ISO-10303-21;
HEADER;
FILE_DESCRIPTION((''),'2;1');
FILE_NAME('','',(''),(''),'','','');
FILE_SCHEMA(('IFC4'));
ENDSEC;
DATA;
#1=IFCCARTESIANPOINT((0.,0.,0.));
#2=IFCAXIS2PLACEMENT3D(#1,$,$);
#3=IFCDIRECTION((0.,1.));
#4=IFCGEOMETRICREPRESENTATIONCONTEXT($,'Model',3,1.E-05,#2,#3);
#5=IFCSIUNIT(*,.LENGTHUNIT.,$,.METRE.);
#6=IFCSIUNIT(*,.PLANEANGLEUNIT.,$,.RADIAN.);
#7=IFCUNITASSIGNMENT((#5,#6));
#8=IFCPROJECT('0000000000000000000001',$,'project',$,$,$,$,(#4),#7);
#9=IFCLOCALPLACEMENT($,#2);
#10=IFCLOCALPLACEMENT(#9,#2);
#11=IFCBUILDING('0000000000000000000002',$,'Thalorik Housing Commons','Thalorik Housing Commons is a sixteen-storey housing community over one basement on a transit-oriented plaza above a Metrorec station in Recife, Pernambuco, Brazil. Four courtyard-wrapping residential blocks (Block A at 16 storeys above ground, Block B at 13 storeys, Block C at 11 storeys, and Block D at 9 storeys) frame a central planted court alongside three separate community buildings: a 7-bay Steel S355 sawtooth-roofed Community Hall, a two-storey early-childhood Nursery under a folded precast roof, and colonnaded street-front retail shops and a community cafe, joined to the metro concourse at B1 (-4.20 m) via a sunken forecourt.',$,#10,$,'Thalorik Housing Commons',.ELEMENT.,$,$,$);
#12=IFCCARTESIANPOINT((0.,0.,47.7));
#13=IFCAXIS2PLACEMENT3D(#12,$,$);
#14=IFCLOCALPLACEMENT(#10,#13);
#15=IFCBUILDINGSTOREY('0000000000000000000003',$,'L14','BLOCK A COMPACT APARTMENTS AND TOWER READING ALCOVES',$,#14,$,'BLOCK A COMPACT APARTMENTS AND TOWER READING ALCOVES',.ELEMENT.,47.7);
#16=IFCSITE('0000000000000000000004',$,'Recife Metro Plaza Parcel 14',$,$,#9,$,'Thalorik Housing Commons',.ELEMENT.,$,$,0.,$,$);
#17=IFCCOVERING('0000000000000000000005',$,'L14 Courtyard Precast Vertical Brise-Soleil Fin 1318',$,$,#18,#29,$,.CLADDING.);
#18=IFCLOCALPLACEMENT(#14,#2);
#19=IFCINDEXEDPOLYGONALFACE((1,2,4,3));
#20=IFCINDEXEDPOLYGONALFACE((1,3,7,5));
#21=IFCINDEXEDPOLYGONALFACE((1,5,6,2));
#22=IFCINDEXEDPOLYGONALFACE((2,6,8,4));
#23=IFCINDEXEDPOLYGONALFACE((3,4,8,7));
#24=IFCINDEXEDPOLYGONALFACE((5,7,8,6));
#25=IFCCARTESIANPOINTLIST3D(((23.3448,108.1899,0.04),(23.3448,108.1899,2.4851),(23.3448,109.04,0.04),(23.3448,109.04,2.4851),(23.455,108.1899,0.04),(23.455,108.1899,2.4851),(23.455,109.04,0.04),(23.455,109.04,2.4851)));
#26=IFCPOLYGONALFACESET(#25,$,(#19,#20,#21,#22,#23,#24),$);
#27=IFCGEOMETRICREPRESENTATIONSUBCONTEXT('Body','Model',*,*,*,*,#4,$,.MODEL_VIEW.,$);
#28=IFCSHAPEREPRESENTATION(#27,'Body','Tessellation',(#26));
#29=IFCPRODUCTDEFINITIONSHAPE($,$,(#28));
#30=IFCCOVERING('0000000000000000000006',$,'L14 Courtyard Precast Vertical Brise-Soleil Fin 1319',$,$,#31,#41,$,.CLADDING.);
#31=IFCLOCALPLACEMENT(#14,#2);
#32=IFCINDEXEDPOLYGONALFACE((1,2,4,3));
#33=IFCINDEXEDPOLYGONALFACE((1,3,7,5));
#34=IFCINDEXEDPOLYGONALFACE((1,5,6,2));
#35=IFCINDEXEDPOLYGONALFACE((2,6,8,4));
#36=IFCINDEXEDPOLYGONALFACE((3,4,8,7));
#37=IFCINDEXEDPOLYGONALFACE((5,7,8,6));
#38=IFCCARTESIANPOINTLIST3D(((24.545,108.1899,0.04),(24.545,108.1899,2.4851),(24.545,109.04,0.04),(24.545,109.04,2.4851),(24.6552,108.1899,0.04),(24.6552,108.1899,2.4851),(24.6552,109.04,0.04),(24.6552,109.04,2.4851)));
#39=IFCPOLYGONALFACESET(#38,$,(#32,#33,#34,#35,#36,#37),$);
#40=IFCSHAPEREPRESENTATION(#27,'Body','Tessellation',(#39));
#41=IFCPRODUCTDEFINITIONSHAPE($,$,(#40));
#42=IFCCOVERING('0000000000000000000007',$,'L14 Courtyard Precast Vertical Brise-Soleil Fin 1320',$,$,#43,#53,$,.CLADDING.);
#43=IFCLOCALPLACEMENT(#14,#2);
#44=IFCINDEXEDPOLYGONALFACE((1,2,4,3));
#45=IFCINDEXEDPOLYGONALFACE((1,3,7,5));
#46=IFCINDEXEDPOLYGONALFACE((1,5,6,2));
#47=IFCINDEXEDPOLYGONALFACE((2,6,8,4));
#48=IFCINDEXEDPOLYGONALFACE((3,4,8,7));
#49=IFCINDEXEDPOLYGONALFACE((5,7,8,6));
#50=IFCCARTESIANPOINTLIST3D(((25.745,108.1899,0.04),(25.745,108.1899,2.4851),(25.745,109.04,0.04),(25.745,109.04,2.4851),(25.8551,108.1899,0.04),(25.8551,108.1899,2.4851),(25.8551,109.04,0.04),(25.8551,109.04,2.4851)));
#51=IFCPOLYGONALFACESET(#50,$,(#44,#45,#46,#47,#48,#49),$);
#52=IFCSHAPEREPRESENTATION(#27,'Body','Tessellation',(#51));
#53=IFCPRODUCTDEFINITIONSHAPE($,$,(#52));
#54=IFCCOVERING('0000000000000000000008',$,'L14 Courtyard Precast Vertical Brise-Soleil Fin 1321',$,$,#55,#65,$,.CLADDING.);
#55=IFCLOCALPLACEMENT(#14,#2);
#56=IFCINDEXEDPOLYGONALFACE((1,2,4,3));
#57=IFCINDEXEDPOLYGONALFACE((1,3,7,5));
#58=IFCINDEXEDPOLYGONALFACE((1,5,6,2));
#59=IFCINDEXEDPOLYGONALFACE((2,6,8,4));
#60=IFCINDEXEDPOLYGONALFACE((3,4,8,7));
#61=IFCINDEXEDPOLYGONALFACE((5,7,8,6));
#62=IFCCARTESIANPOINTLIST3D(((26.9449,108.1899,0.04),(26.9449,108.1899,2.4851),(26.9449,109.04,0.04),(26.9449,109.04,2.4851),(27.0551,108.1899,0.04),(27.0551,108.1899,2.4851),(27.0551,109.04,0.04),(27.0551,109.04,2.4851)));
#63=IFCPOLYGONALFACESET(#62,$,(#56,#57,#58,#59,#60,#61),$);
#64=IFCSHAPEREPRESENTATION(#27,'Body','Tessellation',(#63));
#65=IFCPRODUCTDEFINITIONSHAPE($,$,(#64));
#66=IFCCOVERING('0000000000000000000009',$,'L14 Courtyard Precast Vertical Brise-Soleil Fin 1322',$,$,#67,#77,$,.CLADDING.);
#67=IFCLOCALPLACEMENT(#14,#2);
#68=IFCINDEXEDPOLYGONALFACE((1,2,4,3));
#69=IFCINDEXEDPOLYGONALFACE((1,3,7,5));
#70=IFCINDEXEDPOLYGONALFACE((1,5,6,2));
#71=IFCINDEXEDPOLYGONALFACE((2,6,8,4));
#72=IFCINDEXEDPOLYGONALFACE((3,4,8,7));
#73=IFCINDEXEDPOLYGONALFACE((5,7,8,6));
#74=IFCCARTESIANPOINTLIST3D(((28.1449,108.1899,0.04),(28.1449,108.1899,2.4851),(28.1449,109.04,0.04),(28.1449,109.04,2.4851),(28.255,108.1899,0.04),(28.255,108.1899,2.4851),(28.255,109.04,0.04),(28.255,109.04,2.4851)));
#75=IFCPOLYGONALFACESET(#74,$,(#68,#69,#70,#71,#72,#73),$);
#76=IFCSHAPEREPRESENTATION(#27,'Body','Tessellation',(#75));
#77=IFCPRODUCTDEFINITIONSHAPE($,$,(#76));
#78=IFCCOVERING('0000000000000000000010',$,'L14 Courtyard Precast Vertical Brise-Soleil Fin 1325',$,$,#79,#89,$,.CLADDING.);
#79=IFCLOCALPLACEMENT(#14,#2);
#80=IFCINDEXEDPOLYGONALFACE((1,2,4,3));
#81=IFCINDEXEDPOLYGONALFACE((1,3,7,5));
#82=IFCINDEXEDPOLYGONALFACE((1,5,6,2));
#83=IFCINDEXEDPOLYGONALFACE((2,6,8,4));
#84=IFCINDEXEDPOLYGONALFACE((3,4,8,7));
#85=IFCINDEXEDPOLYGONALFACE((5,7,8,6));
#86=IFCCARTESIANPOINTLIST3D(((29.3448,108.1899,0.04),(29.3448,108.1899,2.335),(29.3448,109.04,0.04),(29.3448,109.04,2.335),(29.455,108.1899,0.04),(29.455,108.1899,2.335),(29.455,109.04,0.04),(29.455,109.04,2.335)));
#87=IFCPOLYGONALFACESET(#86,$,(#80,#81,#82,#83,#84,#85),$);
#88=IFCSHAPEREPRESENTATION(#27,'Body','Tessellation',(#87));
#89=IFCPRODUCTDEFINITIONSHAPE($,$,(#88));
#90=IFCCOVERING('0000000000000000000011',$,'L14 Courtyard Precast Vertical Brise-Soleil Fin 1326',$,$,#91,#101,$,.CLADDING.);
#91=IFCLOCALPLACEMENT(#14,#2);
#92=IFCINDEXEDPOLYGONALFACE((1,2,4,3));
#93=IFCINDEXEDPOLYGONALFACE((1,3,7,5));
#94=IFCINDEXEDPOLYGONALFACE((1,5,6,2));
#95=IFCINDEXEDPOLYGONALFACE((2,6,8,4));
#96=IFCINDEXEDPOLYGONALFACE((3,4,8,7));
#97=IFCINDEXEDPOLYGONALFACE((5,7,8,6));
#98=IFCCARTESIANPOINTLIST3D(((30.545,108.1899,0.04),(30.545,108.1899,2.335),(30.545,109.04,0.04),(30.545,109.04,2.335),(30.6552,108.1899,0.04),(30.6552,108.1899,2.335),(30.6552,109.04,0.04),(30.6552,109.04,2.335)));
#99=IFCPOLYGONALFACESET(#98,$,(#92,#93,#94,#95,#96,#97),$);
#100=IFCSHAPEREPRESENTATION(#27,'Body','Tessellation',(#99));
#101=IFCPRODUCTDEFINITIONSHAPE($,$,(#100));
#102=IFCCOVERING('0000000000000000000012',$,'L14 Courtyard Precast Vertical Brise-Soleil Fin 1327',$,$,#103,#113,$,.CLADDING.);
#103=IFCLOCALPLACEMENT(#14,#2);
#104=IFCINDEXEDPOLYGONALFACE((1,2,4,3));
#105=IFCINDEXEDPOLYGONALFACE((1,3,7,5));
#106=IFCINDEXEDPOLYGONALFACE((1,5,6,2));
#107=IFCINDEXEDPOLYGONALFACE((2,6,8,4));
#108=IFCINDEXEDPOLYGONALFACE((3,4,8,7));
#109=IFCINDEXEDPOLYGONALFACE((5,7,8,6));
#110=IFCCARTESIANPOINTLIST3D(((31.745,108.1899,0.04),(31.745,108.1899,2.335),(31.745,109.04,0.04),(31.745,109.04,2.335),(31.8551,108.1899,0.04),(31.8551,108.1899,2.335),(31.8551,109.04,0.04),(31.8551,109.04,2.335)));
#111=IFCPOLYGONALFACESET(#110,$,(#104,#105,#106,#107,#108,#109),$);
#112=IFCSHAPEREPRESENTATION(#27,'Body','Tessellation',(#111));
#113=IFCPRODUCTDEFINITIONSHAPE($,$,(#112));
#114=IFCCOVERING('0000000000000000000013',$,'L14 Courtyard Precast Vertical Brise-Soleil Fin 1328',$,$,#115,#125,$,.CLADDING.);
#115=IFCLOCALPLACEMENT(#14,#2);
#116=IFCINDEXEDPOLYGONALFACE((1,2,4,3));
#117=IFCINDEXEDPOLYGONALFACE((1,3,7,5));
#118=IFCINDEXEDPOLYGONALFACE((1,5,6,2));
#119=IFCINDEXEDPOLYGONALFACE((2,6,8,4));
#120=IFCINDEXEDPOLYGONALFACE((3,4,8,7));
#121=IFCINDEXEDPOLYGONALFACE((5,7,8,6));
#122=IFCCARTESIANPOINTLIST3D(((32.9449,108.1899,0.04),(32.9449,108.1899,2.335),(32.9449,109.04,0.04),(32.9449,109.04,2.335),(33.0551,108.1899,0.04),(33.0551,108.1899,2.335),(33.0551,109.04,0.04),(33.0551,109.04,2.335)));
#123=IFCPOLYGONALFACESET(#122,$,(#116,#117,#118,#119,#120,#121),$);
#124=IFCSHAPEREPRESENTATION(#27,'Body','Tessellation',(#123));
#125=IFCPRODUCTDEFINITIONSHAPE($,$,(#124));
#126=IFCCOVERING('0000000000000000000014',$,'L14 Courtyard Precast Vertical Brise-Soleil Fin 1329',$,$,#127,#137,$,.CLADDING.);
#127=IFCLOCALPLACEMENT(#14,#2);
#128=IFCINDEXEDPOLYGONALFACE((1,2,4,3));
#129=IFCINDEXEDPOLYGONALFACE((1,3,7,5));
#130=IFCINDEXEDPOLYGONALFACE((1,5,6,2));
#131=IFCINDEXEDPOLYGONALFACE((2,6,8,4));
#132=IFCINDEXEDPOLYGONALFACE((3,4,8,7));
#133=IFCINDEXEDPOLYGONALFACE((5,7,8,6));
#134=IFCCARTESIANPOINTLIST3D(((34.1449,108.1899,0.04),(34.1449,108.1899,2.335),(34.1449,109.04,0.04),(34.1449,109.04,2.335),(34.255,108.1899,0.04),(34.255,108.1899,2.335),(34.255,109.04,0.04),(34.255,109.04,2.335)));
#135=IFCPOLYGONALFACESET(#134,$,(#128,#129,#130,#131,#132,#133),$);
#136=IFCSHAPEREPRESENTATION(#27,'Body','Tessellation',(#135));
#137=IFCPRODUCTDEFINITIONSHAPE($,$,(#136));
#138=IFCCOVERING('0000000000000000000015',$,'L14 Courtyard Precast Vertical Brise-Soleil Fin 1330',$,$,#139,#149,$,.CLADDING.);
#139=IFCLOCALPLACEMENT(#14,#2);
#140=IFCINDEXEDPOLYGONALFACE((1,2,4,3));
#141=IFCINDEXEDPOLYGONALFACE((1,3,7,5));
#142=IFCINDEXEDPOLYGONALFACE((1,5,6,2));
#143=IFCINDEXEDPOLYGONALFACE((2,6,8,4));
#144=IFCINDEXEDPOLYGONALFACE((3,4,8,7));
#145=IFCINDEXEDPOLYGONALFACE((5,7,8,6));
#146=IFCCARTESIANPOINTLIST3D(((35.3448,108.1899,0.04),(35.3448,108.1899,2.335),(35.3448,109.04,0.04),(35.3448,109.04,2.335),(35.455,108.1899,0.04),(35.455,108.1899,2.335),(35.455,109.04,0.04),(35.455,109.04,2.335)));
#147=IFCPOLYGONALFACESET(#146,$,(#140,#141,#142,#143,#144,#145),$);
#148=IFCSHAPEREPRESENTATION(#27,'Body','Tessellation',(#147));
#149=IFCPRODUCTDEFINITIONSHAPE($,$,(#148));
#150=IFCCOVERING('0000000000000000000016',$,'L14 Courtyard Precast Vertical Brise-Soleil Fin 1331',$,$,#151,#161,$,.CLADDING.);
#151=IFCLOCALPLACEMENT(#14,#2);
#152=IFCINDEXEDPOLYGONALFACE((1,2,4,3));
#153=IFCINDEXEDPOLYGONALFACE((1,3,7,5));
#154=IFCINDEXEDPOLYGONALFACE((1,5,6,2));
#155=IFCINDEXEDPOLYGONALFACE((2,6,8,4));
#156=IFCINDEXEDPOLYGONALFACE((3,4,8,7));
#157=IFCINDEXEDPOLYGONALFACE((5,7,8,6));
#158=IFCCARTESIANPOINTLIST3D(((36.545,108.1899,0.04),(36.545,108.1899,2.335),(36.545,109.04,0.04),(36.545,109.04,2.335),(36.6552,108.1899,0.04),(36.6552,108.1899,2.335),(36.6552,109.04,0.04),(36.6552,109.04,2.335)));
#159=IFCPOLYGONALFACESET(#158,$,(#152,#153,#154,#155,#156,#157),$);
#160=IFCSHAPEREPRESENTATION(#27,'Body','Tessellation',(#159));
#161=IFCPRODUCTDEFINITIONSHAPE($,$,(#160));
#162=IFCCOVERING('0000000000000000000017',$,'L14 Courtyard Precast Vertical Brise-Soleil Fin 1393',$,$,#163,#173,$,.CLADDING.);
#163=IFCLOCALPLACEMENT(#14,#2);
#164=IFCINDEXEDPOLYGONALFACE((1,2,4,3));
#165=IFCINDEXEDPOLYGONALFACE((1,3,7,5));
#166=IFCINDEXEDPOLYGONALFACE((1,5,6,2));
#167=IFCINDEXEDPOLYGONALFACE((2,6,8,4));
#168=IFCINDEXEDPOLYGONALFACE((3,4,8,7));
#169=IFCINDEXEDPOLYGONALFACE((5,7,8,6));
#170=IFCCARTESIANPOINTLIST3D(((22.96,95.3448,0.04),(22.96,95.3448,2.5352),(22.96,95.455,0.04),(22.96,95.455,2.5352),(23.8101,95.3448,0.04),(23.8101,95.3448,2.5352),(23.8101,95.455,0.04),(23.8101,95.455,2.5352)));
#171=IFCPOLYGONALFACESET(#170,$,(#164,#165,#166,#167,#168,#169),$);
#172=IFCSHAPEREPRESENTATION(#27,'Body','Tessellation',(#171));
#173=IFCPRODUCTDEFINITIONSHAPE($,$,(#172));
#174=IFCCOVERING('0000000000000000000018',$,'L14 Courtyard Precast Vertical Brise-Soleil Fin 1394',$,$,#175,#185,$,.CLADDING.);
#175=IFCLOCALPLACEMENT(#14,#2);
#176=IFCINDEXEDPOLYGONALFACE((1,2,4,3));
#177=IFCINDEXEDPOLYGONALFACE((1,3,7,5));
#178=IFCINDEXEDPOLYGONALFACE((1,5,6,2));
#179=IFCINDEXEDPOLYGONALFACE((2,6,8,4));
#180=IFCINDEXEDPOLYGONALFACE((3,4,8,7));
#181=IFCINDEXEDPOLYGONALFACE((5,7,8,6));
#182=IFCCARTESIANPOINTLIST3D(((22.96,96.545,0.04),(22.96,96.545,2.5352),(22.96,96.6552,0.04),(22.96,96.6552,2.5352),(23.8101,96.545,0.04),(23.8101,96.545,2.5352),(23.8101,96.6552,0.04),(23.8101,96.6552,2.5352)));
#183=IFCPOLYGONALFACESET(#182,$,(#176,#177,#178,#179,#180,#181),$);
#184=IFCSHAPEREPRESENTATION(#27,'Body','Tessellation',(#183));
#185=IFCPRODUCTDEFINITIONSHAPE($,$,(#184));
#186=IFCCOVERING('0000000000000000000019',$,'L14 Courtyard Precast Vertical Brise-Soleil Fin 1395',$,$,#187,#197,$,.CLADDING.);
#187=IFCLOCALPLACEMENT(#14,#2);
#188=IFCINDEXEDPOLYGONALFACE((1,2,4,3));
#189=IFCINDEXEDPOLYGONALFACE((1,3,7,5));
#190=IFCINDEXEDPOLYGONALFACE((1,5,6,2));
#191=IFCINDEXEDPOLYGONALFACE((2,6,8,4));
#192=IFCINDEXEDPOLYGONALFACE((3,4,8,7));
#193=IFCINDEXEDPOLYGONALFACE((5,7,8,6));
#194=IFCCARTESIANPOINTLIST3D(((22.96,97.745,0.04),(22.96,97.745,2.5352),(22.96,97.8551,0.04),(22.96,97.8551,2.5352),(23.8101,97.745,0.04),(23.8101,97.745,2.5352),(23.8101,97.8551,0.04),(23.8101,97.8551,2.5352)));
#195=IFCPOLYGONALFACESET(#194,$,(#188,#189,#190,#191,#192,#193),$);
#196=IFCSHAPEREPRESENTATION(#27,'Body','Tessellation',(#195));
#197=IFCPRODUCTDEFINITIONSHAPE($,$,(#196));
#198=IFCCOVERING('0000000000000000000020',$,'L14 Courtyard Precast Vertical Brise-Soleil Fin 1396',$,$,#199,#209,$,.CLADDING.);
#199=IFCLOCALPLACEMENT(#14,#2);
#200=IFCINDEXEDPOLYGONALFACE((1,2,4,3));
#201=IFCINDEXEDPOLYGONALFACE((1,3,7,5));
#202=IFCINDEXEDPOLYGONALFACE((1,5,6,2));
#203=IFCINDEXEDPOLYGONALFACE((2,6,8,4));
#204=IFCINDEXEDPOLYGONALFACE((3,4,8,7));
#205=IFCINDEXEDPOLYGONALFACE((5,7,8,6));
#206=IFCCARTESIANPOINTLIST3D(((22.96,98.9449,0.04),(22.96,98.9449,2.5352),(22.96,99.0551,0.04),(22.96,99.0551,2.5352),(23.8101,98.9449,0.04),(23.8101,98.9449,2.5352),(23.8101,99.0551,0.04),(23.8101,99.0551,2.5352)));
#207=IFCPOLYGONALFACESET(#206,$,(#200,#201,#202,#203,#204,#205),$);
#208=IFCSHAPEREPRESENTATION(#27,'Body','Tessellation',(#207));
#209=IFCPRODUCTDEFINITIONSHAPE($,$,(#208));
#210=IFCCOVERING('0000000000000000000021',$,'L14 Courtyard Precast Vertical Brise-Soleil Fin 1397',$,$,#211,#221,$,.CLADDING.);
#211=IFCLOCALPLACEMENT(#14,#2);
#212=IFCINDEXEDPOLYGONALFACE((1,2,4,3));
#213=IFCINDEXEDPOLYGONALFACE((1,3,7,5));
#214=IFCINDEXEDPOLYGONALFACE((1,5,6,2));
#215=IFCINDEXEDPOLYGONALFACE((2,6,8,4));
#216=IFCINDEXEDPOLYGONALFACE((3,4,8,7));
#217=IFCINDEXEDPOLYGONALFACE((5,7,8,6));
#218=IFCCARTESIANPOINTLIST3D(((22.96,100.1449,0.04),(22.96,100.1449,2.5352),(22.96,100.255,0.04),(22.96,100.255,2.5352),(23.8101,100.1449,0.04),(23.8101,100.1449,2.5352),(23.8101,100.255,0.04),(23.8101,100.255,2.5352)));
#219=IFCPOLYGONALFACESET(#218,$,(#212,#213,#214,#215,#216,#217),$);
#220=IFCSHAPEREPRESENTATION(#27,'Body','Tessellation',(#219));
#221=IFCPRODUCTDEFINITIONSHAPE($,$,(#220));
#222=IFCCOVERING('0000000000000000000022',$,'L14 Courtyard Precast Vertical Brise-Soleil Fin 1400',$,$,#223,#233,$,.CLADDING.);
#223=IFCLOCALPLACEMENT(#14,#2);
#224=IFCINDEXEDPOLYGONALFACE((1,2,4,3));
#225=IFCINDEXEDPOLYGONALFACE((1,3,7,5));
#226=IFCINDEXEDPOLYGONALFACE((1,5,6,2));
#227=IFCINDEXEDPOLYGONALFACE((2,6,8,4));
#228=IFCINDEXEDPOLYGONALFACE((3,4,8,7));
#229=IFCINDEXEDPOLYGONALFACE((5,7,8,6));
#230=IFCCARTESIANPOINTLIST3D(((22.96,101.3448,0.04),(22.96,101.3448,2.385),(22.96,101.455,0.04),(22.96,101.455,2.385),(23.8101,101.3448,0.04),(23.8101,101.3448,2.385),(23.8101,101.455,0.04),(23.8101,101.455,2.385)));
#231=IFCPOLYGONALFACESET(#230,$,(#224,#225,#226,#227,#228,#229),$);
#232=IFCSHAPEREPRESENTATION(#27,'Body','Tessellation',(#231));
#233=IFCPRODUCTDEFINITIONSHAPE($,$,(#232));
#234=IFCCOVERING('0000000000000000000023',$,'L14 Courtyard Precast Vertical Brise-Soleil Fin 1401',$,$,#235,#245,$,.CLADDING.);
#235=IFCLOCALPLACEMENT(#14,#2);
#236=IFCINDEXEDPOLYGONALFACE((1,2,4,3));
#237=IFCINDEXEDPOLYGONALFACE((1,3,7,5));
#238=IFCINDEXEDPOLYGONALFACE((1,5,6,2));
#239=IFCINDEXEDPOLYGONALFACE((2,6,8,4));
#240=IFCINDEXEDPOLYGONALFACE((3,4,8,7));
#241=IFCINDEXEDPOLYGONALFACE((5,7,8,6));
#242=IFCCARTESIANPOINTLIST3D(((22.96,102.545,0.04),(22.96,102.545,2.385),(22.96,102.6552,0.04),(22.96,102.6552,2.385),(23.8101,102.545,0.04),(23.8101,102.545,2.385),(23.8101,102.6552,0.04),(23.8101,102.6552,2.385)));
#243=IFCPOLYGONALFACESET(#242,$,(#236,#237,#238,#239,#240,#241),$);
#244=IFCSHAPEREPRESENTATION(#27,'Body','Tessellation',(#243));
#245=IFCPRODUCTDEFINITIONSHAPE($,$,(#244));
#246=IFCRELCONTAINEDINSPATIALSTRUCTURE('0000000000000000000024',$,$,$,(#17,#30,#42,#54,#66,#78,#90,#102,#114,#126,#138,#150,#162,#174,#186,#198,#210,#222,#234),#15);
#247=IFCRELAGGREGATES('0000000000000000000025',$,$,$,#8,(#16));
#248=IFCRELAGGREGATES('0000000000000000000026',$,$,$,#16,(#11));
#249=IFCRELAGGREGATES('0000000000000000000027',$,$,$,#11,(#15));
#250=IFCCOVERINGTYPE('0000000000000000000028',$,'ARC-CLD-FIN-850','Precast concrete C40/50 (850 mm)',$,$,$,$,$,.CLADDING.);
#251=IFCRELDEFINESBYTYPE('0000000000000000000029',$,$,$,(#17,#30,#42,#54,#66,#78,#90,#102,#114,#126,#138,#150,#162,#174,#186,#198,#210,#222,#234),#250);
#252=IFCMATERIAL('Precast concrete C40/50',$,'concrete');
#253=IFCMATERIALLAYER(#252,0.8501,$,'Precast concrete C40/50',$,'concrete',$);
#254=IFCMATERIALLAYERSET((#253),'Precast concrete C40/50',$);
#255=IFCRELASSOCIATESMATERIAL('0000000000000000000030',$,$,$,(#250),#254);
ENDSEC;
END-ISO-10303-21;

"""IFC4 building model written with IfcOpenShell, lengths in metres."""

from ifc_helpers import new_model, si_unit, direction, frame, origin, origin_2d, place, context, subcontext, project, spatial, rectangle, extrude, material, layer, layer_set, type_object, element, save


model = new_model("IFC4")

# Units and contexts
model_context = context("Model", 3, precision=1e-05, world=origin(), true_north=direction((0.0, 1.0)))
body_context = subcontext(model_context, "Body", "Model", "MODEL_VIEW")
ifc_project = project(units=[si_unit("LENGTHUNIT", "METRE"), si_unit("PLANEANGLEUNIT", "RADIAN")], contexts=[model_context])

# Site, building, storey
site_placement = place(None, origin())
site = spatial("IfcSite", under=ifc_project, at=site_placement, Name="Recife Metro Plaza Parcel 14", LongName="Thalorik Housing Commons", CompositionType="ELEMENT", RefElevation=0.0)
building_placement = place(site_placement, origin())
building = spatial("IfcBuilding", under=site, at=building_placement, Name="Thalorik Housing Commons", Description="Thalorik Housing Commons is a sixteen-storey housing community over one basement on a transit-oriented plaza above a Metrorec station in Recife, Pernambuco, Brazil. Four courtyard-wrapping residential blocks (Block A at 16 storeys above ground, Block B at 13 storeys, Block C at 11 storeys, and Block D at 9 storeys) frame a central planted court alongside three separate community buildings: a 7-bay Steel S355 sawtooth-roofed Community Hall, a two-storey early-childhood Nursery under a folded precast roof, and colonnaded street-front retail shops and a community cafe, joined to the metro concourse at B1 (-4.20 m) via a sunken forecourt.", LongName="Thalorik Housing Commons", CompositionType="ELEMENT")
storey_placement = place(building_placement, frame((0.0, 0.0, 47.7)))
storey = spatial("IfcBuildingStorey", under=building, at=storey_placement, Name="L14", Description="BLOCK A COMPACT APARTMENTS AND TOWER READING ALCOVES", LongName="BLOCK A COMPACT APARTMENTS AND TOWER READING ALCOVES", CompositionType="ELEMENT", Elevation=47.7)

# Coverings
ifc_material = material(Name="Precast concrete C40/50", Category="concrete")
ifc_layer_1 = layer(ifc_material, 0.8501, Name="Precast concrete C40/50", Category="concrete")
ifc_layer_set_1 = layer_set([ifc_layer_1], Name="Precast concrete C40/50")
covering_type_1 = type_object("IfcCoveringType", Name="ARC-CLD-FIN-850", Description="Precast concrete C40/50 (850 mm)", PredefinedType="CLADDING", material=ifc_layer_set_1)
for number, where, z_axis, x_axis, name in (
    (1, (23.3999, 108.615, 0.04), (0.0, 0.0, 1.0), (1.0, 0.0, 0.0), "L14 Courtyard Precast Vertical Brise-Soleil Fin 1318"),
    (2, (24.6001, 108.615, 0.04), (0.0, 0.0, 1.0), (1.0, 0.0, 0.0), "L14 Courtyard Precast Vertical Brise-Soleil Fin 1319"),
    (3, (25.8, 108.615, 0.04), (0.0, 0.0, 1.0), (1.0, 0.0, 0.0), "L14 Courtyard Precast Vertical Brise-Soleil Fin 1320"),
    (4, (27.0, 108.615, 0.04), (0.0, 0.0, 1.0), (1.0, 0.0, 0.0), "L14 Courtyard Precast Vertical Brise-Soleil Fin 1321"),
    (5, (28.2, 108.615, 0.04), (0.0, 0.0, 1.0), (1.0, 0.0, 0.0), "L14 Courtyard Precast Vertical Brise-Soleil Fin 1322"),
):
    element("IfcCovering", number, at=place(storey_placement, frame(where, z_axis=z_axis, x_axis=x_axis)), inside=storey, type_object=covering_type_1, Name=name, PredefinedType="CLADDING", context=body_context, shape_type="SweptSolid", body=[
        extrude(rectangle(XDim=0.1101, YDim=0.8501, at=origin_2d()), origin(), (0.0, 0.0, 1.0), 2.4451),
    ])
for number, where, z_axis, x_axis, name in (
    (6, (29.3999, 108.615, 0.04), (0.0, 0.0, 1.0), (1.0, 0.0, 0.0), "L14 Courtyard Precast Vertical Brise-Soleil Fin 1325"),
    (7, (30.6001, 108.615, 0.04), (0.0, 0.0, 1.0), (1.0, 0.0, 0.0), "L14 Courtyard Precast Vertical Brise-Soleil Fin 1326"),
    (8, (31.8, 108.615, 0.04), (0.0, 0.0, 1.0), (1.0, 0.0, 0.0), "L14 Courtyard Precast Vertical Brise-Soleil Fin 1327"),
    (9, (33.0, 108.615, 0.04), (0.0, 0.0, 1.0), (1.0, 0.0, 0.0), "L14 Courtyard Precast Vertical Brise-Soleil Fin 1328"),
    (10, (34.2, 108.615, 0.04), (0.0, 0.0, 1.0), (1.0, 0.0, 0.0), "L14 Courtyard Precast Vertical Brise-Soleil Fin 1329"),
    (11, (35.3999, 108.615, 0.04), (0.0, 0.0, 1.0), (1.0, 0.0, 0.0), "L14 Courtyard Precast Vertical Brise-Soleil Fin 1330"),
    (12, (36.6001, 108.615, 0.04), (0.0, 0.0, 1.0), (1.0, 0.0, 0.0), "L14 Courtyard Precast Vertical Brise-Soleil Fin 1331"),
):
    element("IfcCovering", number, at=place(storey_placement, frame(where, z_axis=z_axis, x_axis=x_axis)), inside=storey, type_object=covering_type_1, Name=name, PredefinedType="CLADDING", context=body_context, shape_type="SweptSolid", body=[
        extrude(rectangle(XDim=0.1101, YDim=0.8501, at=origin_2d()), origin(), (0.0, 0.0, 1.0), 2.2949),
    ])
for number, where, z_axis, x_axis, name in (
    (13, (23.385, 95.3999, 0.04), (0.0, 0.0, 1.0), (0.0, 1.0, 0.0), "L14 Courtyard Precast Vertical Brise-Soleil Fin 1393"),
    (14, (23.385, 96.6001, 0.04), (0.0, 0.0, 1.0), (0.0, 1.0, 0.0), "L14 Courtyard Precast Vertical Brise-Soleil Fin 1394"),
    (15, (23.385, 97.8, 0.04), (0.0, 0.0, 1.0), (0.0, 1.0, 0.0), "L14 Courtyard Precast Vertical Brise-Soleil Fin 1395"),
    (16, (23.385, 99.0, 0.04), (0.0, 0.0, 1.0), (0.0, 1.0, 0.0), "L14 Courtyard Precast Vertical Brise-Soleil Fin 1396"),
    (17, (23.385, 100.2, 0.04), (0.0, 0.0, 1.0), (0.0, 1.0, 0.0), "L14 Courtyard Precast Vertical Brise-Soleil Fin 1397"),
):
    element("IfcCovering", number, at=place(storey_placement, frame(where, z_axis=z_axis, x_axis=x_axis)), inside=storey, type_object=covering_type_1, Name=name, PredefinedType="CLADDING", context=body_context, shape_type="SweptSolid", body=[
        extrude(rectangle(XDim=0.1101, YDim=0.8501, at=origin_2d()), origin(), (0.0, 0.0, 1.0), 2.4951),
    ])
for number, where, z_axis, x_axis, name in (
    (18, (23.385, 101.3999, 0.04), (0.0, 0.0, 1.0), (0.0, 1.0, 0.0), "L14 Courtyard Precast Vertical Brise-Soleil Fin 1400"),
    (19, (23.385, 102.6001, 0.04), (0.0, 0.0, 1.0), (0.0, 1.0, 0.0), "L14 Courtyard Precast Vertical Brise-Soleil Fin 1401"),
):
    element("IfcCovering", number, at=place(storey_placement, frame(where, z_axis=z_axis, x_axis=x_axis)), inside=storey, type_object=covering_type_1, Name=name, PredefinedType="CLADDING", context=body_context, shape_type="SweptSolid", body=[
        extrude(rectangle(XDim=0.1101, YDim=0.8501, at=origin_2d()), origin(), (0.0, 0.0, 1.0), 2.345),
    ])

save(model, "model.ifc")
